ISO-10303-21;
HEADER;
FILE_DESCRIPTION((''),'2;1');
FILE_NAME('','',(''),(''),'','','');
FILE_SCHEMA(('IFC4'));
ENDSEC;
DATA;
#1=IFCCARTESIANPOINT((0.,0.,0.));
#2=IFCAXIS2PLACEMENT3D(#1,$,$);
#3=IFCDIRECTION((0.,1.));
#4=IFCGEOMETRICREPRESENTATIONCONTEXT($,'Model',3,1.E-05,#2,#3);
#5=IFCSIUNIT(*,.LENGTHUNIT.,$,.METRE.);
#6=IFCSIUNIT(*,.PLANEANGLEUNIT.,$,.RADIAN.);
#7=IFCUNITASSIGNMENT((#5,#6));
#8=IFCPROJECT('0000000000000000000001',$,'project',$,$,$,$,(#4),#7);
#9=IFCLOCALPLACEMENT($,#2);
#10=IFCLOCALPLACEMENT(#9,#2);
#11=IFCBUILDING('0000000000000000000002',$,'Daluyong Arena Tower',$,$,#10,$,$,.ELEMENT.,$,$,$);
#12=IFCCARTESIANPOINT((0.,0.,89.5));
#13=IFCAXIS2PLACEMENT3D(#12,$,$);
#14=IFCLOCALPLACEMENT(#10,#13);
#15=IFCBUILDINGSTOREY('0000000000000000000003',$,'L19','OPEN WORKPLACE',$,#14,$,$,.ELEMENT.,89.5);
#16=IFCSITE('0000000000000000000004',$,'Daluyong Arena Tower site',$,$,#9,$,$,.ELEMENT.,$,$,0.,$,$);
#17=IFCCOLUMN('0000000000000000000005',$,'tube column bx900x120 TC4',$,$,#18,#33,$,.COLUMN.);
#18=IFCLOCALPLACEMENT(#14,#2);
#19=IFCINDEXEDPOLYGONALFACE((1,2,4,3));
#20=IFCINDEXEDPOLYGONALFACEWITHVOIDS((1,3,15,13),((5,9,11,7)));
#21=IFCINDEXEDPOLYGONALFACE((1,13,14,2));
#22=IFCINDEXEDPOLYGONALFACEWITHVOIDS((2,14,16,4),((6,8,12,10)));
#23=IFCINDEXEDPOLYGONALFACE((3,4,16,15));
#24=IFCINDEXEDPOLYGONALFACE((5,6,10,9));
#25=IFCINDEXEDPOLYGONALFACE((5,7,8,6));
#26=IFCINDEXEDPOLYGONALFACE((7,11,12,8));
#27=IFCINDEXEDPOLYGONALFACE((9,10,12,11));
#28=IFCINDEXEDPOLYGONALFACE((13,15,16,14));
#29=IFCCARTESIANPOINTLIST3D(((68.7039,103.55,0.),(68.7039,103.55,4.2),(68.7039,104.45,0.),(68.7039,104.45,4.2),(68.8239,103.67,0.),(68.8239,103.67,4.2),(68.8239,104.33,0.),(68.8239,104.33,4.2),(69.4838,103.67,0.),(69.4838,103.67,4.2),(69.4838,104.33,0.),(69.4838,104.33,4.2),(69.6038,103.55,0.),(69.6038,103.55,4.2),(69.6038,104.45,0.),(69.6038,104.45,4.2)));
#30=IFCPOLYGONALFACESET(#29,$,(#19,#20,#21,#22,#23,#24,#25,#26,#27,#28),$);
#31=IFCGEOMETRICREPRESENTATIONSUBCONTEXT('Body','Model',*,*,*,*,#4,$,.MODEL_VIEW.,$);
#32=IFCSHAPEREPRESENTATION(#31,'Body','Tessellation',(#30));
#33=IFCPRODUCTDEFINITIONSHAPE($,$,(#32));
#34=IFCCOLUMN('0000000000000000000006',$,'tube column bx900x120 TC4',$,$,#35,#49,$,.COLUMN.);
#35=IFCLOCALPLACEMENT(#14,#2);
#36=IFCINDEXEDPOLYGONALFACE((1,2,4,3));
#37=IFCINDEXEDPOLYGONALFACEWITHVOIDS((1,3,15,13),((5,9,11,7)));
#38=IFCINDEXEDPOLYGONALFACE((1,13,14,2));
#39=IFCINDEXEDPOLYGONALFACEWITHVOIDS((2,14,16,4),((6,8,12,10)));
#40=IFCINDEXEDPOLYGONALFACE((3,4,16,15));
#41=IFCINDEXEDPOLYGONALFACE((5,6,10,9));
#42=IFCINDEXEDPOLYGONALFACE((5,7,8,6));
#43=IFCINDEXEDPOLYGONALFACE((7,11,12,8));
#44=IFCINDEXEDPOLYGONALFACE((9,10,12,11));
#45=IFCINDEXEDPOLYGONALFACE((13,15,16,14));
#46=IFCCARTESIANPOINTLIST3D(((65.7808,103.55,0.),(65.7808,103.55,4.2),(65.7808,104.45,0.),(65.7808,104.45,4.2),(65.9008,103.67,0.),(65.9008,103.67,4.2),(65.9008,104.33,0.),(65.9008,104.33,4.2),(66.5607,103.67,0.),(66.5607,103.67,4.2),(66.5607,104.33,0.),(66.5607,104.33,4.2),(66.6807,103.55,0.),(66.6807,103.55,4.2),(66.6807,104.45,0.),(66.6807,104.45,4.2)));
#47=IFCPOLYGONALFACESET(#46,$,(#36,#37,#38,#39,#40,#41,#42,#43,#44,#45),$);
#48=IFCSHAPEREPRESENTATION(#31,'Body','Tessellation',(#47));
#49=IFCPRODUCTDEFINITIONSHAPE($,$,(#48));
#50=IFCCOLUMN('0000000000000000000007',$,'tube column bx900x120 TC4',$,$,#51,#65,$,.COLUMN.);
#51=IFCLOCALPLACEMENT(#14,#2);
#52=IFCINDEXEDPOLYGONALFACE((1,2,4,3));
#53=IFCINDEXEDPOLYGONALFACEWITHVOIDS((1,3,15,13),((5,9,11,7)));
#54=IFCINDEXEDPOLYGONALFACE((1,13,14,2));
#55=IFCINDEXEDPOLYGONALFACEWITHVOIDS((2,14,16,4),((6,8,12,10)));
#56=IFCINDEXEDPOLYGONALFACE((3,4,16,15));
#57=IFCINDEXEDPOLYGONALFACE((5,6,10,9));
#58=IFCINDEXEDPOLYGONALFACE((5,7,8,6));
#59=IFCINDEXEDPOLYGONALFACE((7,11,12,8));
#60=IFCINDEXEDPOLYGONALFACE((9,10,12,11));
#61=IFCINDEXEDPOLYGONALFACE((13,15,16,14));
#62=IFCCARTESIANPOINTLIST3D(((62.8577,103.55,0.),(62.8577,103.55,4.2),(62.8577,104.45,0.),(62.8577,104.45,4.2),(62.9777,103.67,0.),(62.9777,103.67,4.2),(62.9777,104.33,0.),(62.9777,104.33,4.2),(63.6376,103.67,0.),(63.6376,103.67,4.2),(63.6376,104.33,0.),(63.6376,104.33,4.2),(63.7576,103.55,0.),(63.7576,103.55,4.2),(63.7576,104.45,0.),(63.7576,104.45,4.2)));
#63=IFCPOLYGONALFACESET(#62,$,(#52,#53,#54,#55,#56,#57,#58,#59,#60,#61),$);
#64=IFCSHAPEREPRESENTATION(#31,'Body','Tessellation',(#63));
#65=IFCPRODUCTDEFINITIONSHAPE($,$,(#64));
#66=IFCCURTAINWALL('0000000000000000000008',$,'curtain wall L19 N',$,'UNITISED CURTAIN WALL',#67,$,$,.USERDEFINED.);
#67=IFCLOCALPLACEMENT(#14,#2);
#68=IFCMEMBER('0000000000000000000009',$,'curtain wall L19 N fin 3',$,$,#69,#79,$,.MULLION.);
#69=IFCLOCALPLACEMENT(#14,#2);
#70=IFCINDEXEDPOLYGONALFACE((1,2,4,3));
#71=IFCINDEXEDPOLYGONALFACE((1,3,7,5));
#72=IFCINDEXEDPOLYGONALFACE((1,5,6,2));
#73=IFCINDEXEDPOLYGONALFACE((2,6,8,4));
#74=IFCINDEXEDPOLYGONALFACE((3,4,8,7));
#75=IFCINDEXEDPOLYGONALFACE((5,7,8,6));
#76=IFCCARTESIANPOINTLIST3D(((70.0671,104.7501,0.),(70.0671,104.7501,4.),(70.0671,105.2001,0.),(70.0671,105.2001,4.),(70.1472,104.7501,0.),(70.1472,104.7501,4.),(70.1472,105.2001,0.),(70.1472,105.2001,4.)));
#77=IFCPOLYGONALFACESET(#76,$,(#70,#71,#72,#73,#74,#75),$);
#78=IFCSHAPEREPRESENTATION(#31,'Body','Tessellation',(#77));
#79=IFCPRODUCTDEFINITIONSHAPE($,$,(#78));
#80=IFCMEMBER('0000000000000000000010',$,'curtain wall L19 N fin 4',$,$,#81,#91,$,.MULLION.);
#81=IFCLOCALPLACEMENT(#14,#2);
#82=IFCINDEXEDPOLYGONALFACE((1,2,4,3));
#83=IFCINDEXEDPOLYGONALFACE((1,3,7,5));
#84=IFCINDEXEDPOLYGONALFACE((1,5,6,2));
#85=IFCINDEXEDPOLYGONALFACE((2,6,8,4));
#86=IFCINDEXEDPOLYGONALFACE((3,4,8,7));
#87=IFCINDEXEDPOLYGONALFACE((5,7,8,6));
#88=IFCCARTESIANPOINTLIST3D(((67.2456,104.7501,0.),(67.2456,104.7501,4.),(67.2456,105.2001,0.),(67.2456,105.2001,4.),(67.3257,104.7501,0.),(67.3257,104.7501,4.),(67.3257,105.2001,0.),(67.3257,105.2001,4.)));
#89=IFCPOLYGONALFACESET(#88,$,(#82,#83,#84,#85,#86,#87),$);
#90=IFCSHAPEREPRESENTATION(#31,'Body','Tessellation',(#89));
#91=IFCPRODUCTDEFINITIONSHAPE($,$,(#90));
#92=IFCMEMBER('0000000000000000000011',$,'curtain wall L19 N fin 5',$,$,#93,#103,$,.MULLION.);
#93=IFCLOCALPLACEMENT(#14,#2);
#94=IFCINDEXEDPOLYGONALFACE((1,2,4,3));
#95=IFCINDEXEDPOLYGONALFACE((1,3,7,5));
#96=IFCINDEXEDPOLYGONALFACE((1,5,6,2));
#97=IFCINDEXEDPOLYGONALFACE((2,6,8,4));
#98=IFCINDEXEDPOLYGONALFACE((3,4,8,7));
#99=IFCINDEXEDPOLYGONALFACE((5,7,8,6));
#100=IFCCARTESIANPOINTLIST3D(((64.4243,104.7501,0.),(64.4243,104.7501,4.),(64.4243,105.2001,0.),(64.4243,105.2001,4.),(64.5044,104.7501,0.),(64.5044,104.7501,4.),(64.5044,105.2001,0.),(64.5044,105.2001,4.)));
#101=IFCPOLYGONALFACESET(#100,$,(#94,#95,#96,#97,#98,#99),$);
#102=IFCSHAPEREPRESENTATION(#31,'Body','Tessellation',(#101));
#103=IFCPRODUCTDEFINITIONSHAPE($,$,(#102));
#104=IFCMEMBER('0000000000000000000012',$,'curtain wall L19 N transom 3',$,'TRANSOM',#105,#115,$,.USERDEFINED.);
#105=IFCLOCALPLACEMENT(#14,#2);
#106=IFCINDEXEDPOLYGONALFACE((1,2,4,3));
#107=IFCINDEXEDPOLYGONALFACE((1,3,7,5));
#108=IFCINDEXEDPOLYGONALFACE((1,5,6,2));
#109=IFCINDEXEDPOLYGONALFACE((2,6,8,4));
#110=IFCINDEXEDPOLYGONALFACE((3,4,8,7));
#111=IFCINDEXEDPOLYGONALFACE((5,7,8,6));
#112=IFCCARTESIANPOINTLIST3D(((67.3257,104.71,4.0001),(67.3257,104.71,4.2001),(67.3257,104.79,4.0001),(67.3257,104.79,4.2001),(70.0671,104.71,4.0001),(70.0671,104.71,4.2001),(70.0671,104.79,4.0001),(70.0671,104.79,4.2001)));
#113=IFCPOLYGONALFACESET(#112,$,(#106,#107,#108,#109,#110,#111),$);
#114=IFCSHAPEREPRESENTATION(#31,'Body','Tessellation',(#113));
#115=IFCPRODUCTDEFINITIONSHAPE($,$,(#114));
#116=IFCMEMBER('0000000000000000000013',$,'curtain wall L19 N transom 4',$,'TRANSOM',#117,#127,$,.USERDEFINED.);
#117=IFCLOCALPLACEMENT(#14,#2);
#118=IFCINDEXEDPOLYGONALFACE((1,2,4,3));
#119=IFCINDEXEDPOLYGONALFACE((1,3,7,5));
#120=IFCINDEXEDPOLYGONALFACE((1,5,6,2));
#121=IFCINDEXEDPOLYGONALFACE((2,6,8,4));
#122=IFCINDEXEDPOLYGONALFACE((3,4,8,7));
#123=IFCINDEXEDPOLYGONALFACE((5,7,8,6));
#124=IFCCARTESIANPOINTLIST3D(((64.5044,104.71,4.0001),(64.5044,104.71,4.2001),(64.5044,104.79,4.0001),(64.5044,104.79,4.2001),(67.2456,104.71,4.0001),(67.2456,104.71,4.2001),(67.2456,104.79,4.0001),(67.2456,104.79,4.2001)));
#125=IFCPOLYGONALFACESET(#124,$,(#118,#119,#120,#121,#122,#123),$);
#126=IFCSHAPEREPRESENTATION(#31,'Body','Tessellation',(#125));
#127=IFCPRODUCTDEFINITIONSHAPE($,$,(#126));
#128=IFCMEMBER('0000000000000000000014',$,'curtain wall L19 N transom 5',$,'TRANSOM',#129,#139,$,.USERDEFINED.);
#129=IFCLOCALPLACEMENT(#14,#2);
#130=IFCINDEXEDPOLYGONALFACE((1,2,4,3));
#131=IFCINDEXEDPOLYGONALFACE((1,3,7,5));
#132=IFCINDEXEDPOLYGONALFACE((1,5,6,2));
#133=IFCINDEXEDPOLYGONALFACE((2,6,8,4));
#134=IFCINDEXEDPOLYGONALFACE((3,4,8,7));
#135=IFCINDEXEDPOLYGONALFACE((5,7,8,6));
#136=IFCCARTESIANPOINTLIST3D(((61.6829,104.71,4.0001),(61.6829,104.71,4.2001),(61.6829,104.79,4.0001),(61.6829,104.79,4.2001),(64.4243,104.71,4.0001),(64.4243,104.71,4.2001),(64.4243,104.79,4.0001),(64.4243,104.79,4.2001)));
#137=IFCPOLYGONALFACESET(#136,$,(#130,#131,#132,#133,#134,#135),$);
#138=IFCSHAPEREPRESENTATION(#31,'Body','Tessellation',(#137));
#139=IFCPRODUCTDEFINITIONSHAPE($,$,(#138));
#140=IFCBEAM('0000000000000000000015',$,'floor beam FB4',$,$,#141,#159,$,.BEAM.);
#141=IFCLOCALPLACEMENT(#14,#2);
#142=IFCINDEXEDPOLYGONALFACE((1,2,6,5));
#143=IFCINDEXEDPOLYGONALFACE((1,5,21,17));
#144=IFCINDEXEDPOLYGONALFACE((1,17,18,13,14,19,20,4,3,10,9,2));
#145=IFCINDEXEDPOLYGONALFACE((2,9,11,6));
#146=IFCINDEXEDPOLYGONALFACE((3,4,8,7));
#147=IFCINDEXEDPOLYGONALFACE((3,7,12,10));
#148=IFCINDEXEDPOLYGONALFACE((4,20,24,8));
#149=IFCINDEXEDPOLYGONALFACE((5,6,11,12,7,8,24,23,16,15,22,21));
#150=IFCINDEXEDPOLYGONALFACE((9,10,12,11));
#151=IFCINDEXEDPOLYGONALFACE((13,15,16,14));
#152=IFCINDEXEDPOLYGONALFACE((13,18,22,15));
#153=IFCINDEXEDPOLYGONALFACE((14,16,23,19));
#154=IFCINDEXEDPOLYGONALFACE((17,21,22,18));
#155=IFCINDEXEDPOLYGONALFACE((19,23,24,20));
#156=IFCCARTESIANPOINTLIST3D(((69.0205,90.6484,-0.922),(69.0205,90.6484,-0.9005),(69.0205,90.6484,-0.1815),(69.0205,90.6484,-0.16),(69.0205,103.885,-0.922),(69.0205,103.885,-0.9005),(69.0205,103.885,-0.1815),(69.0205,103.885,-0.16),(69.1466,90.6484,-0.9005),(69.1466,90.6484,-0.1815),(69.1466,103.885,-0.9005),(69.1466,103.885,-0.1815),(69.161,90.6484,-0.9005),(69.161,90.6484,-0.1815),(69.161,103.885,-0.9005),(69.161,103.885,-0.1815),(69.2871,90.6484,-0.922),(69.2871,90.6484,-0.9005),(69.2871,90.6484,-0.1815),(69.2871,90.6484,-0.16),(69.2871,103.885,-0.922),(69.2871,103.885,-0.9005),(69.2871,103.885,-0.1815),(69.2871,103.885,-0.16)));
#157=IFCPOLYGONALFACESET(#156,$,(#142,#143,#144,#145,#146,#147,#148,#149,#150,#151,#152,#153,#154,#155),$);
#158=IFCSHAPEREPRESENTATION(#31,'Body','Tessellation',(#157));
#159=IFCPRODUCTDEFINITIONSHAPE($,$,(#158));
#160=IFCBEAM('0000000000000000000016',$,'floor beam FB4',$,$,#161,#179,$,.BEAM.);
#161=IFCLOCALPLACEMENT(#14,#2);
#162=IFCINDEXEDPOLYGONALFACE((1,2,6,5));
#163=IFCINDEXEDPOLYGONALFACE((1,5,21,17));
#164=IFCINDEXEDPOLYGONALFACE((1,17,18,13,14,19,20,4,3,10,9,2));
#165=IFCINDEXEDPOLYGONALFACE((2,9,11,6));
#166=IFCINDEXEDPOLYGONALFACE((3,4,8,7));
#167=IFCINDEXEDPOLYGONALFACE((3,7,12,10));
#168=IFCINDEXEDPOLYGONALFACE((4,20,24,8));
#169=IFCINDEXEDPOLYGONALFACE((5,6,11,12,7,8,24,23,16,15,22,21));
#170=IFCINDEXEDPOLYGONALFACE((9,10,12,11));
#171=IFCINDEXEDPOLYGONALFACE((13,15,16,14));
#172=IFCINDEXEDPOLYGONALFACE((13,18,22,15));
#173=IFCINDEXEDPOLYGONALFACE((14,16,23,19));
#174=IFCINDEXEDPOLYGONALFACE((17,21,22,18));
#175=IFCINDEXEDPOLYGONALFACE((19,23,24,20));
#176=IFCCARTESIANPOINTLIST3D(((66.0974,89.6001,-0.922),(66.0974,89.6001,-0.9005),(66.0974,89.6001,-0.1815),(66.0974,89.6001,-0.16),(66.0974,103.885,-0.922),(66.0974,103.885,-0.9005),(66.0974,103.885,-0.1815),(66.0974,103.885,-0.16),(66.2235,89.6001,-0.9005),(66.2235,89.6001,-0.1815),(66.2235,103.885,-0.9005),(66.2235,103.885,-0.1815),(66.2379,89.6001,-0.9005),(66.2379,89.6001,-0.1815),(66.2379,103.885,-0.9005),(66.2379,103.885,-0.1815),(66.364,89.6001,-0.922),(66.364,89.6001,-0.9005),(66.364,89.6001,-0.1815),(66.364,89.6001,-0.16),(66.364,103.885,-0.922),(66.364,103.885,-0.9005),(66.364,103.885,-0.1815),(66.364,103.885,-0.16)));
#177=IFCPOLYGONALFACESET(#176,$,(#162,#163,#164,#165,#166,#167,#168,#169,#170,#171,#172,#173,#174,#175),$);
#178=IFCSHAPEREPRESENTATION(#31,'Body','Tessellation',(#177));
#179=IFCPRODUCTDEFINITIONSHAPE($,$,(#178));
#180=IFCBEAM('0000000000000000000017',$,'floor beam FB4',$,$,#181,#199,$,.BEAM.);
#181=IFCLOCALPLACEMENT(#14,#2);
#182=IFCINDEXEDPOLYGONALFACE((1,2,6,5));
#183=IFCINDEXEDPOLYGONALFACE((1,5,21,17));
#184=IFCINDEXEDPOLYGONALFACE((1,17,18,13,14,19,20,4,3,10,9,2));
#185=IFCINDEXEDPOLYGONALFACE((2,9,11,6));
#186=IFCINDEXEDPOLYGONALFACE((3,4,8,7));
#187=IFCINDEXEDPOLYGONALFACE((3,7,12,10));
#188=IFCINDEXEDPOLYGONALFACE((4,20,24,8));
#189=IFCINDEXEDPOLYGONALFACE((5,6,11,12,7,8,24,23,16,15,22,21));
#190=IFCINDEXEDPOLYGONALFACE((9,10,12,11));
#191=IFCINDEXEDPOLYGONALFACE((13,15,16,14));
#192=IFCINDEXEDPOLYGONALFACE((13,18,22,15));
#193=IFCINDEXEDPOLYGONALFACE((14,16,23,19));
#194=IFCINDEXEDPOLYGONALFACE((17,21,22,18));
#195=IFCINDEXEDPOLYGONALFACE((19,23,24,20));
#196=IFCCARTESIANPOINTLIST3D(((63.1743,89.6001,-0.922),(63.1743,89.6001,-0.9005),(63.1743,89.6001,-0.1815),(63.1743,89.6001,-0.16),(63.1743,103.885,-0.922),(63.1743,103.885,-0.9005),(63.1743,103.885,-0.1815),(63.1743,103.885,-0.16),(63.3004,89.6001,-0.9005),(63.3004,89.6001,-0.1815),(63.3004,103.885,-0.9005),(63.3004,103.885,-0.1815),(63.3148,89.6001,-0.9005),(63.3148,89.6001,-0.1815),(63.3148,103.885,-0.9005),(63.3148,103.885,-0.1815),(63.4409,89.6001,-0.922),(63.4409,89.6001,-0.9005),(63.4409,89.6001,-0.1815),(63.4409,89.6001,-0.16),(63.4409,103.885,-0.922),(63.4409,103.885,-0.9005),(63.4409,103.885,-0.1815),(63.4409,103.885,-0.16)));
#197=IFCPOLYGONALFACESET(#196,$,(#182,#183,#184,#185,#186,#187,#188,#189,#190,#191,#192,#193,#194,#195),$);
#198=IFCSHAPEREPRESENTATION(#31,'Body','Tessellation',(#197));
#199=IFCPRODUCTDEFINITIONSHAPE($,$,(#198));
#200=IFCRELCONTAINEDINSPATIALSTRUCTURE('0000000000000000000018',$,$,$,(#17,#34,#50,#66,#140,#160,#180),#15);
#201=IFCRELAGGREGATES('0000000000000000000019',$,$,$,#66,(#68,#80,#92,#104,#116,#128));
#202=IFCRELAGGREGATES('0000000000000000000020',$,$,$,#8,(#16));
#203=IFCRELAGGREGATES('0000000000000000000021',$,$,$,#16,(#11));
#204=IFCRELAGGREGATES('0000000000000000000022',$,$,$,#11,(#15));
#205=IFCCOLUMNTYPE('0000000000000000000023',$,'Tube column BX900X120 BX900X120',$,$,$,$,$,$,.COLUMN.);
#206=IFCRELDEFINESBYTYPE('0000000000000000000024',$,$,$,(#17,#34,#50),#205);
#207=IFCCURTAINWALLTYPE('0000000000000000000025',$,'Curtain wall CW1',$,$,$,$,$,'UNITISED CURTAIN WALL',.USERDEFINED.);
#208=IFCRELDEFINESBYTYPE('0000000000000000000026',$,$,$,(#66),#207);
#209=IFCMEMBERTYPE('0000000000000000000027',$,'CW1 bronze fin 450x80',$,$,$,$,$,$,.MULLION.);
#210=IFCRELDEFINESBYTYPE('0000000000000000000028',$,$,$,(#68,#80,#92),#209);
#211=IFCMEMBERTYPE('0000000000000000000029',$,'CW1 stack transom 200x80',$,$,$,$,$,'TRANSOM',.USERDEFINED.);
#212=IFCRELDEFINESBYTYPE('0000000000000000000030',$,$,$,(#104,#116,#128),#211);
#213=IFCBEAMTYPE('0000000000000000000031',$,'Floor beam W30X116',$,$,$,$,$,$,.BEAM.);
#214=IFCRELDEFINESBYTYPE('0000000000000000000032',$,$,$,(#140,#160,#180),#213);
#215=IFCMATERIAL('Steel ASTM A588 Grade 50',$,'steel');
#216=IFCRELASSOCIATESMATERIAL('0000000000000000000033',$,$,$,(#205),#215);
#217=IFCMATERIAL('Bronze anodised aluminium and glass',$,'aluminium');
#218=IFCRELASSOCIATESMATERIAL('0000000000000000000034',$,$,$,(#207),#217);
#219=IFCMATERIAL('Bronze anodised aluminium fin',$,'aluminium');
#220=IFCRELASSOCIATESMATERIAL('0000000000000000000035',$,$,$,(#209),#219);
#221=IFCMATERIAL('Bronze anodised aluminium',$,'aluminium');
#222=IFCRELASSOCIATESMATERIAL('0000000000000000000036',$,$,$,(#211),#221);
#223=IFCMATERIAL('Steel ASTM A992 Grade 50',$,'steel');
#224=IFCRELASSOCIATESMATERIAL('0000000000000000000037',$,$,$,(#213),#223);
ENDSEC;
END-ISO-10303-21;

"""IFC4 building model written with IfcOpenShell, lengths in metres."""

from ifc_helpers import new_model, si_unit, direction, frame, origin, origin_2d, place, context, subcontext, project, spatial, rectangle, hollow_rectangle, i_section, extrude, material, material_profile, profile_set, type_object, element, aggregate, save


model = new_model("IFC4")

# Units and contexts
model_context = context("Model", 3, precision=1e-05, world=origin(), true_north=direction((0.0, 1.0)))
body_context = subcontext(model_context, "Body", "Model", "MODEL_VIEW")
ifc_project = project(units=[si_unit("LENGTHUNIT", "METRE"), si_unit("PLANEANGLEUNIT", "RADIAN")], contexts=[model_context])

# Site, building, storey
site_placement = place(None, origin())
site = spatial("IfcSite", under=ifc_project, at=site_placement, Name="Daluyong Arena Tower site", CompositionType="ELEMENT", RefElevation=0.0)
building_placement = place(site_placement, origin())
building = spatial("IfcBuilding", under=site, at=building_placement, Name="Daluyong Arena Tower", CompositionType="ELEMENT")
storey_placement = place(building_placement, frame((0.0, 0.0, 89.5)))
storey = spatial("IfcBuildingStorey", under=building, at=storey_placement, Name="L19", Description="OPEN WORKPLACE", CompositionType="ELEMENT", Elevation=89.5)

# Columns
ifc_material_1 = material(Name="Steel ASTM A588 Grade 50", Category="steel")
ifc_material_profile_1 = material_profile(ifc_material_1, hollow_rectangle(XDim=0.8999, YDim=0.8999, WallThickness=0.12, at=origin_2d()))
ifc_profile_set_1 = profile_set([ifc_material_profile_1], Name="Steel ASTM A588 Grade 50")
column_type = type_object("IfcColumnType", Name="Tube column BX900X120 BX900X120", PredefinedType="COLUMN", material=ifc_profile_set_1)
for number, where, z_axis, x_axis, name in (
    (1, (69.1538, 104.0, 0.0), (0.0, 0.0, 1.0), (1.0, 0.0, 0.0), "tube column bx900x120 TC4"),
    (2, (66.2307, 104.0, 0.0), (0.0, 0.0, 1.0), (1.0, 0.0, 0.0), "tube column bx900x120 TC4"),
    (3, (63.3076, 104.0, 0.0), (0.0, 0.0, 1.0), (1.0, 0.0, 0.0), "tube column bx900x120 TC4"),
):
    element("IfcColumn", number, at=place(storey_placement, frame(where, z_axis=z_axis, x_axis=x_axis)), inside=storey, type_object=column_type, Name=name, PredefinedType="COLUMN", context=body_context, shape_type="SweptSolid", body=[
        extrude(hollow_rectangle(XDim=0.8999, YDim=0.8999, WallThickness=0.12, at=origin_2d()), origin(), (0.0, 0.0, 1.0), 4.2),
    ])

# Curtain wall, members
ifc_material_2 = material(Name="Bronze anodised aluminium and glass", Category="aluminium")
curtain_wall_type = type_object("IfcCurtainWallType", Name="Curtain wall CW1", ElementType="UNITISED CURTAIN WALL", PredefinedType="USERDEFINED", material=ifc_material_2)
curtain_wall_placement = place(storey_placement, origin())
curtain_wall = element("IfcCurtainWall", 4, at=curtain_wall_placement, inside=storey, type_object=curtain_wall_type, Name="curtain wall L19 N", ObjectType="UNITISED CURTAIN WALL", PredefinedType="USERDEFINED")
ifc_material_3 = material(Name="Bronze anodised aluminium fin", Category="aluminium")
ifc_material_profile_2 = material_profile(ifc_material_3, rectangle(XDim=0.45, YDim=0.0801, at=origin_2d()))
ifc_profile_set_2 = profile_set([ifc_material_profile_2], Name="Bronze anodised aluminium fin")
member_type_1 = type_object("IfcMemberType", Name="CW1 bronze fin 450x80", PredefinedType="MULLION", material=ifc_profile_set_2)
member_1_placement = place(storey_placement, frame((70.1072, 104.9751, 0.0), z_axis=(0.0, 0.0, 1.0), x_axis=(0.0, -1.0, 0.0)))
member_1 = element("IfcMember", 5, at=member_1_placement, type_object=member_type_1, Name="curtain wall L19 N fin 3", PredefinedType="MULLION", context=body_context, shape_type="SweptSolid", body=[
    extrude(rectangle(XDim=0.45, YDim=0.0801, at=origin_2d()), origin(), (0.0, 0.0, 1.0), 4.0),
])
member_2_placement = place(storey_placement, frame((67.2856, 104.9751, 0.0), z_axis=(0.0, 0.0, 1.0), x_axis=(0.0, -1.0, 0.0)))
member_2 = element("IfcMember", 6, at=member_2_placement, type_object=member_type_1, Name="curtain wall L19 N fin 4", PredefinedType="MULLION", context=body_context, shape_type="SweptSolid", body=[
    extrude(rectangle(XDim=0.45, YDim=0.0801, at=origin_2d()), origin(), (0.0, 0.0, 1.0), 4.0),
])
member_3_placement = place(storey_placement, frame((64.4644, 104.9751, 0.0), z_axis=(0.0, 0.0, 1.0), x_axis=(0.0, -1.0, 0.0)))
member_3 = element("IfcMember", 7, at=member_3_placement, type_object=member_type_1, Name="curtain wall L19 N fin 5", PredefinedType="MULLION", context=body_context, shape_type="SweptSolid", body=[
    extrude(rectangle(XDim=0.45, YDim=0.0801, at=origin_2d()), origin(), (0.0, 0.0, 1.0), 4.0),
])
ifc_material_4 = material(Name="Bronze anodised aluminium", Category="aluminium")
ifc_material_profile_3 = material_profile(ifc_material_4, rectangle(XDim=0.0801, YDim=0.2, at=origin_2d()))
ifc_profile_set_3 = profile_set([ifc_material_profile_3], Name="Bronze anodised aluminium")
member_type_2 = type_object("IfcMemberType", Name="CW1 stack transom 200x80", ElementType="TRANSOM", PredefinedType="USERDEFINED", material=ifc_profile_set_3)
member_4_placement = place(storey_placement, frame((70.0671, 104.75, 4.1001), z_axis=(-1.0, 0.0, 0.0), x_axis=(0.0, -1.0, 0.0)))
member_4 = element("IfcMember", 8, at=member_4_placement, type_object=member_type_2, Name="curtain wall L19 N transom 3", ObjectType="TRANSOM", PredefinedType="USERDEFINED", context=body_context, shape_type="SweptSolid", body=[
    extrude(rectangle(XDim=0.0801, YDim=0.2, at=origin_2d()), origin(), (0.0, 0.0, 1.0), 2.7415),
])
member_5_placement = place(storey_placement, frame((67.2456, 104.75, 4.1001), z_axis=(-1.0, 0.0, 0.0), x_axis=(0.0, -1.0, 0.0)))
member_5 = element("IfcMember", 9, at=member_5_placement, type_object=member_type_2, Name="curtain wall L19 N transom 4", ObjectType="TRANSOM", PredefinedType="USERDEFINED", context=body_context, shape_type="SweptSolid", body=[
    extrude(rectangle(XDim=0.0801, YDim=0.2, at=origin_2d()), origin(), (0.0, 0.0, 1.0), 2.7412),
])
member_6_placement = place(storey_placement, frame((64.4243, 104.75, 4.1001), z_axis=(-1.0, 0.0, 0.0), x_axis=(0.0, -1.0, 0.0)))
member_6 = element("IfcMember", 10, at=member_6_placement, type_object=member_type_2, Name="curtain wall L19 N transom 5", ObjectType="TRANSOM", PredefinedType="USERDEFINED", context=body_context, shape_type="SweptSolid", body=[
    extrude(rectangle(XDim=0.0801, YDim=0.2, at=origin_2d()), origin(), (0.0, 0.0, 1.0), 2.7415),
])

# Beams
ifc_material_5 = material(Name="Steel ASTM A992 Grade 50", Category="steel")
ifc_material_profile_4 = material_profile(ifc_material_5, i_section(OverallWidth=0.2666, OverallDepth=0.762, WebThickness=0.0144, FlangeThickness=0.0215, at=origin_2d()))
ifc_profile_set_4 = profile_set([ifc_material_profile_4], Name="Steel ASTM A992 Grade 50")
beam_type_1 = type_object("IfcBeamType", Name="Floor beam W30X116", PredefinedType="BEAM", material=ifc_profile_set_4)
beam_placement = place(storey_placement, frame((69.1538, 103.885, -0.541), z_axis=(0.0, -1.0, 0.0), x_axis=(1.0, 0.0, 0.0)))
element("IfcBeam", 11, at=beam_placement, inside=storey, type_object=beam_type_1, Name="floor beam FB4", PredefinedType="BEAM", context=body_context, shape_type="SweptSolid", body=[
    extrude(i_section(OverallWidth=0.2666, OverallDepth=0.762, WebThickness=0.0144, FlangeThickness=0.0215, at=origin_2d()), origin(), (0.0, 0.0, 1.0), 13.2366),
])
for number, where, z_axis, x_axis, name in (
    (12, (66.2307, 103.885, -0.541), (0.0, -1.0, 0.0), (1.0, 0.0, 0.0), "floor beam FB4"),
    (13, (63.3076, 103.885, -0.541), (0.0, -1.0, 0.0), (1.0, 0.0, 0.0), "floor beam FB4"),
):
    element("IfcBeam", number, at=place(storey_placement, frame(where, z_axis=z_axis, x_axis=x_axis)), inside=storey, type_object=beam_type_1, Name=name, PredefinedType="BEAM", context=body_context, shape_type="SweptSolid", body=[
        extrude(i_section(OverallWidth=0.2666, OverallDepth=0.762, WebThickness=0.0144, FlangeThickness=0.0215, at=origin_2d()), origin(), (0.0, 0.0, 1.0), 14.2849),
    ])

aggregate(curtain_wall, [member_1, member_2, member_3, member_4, member_5, member_6])

save(model, "model.ifc")
